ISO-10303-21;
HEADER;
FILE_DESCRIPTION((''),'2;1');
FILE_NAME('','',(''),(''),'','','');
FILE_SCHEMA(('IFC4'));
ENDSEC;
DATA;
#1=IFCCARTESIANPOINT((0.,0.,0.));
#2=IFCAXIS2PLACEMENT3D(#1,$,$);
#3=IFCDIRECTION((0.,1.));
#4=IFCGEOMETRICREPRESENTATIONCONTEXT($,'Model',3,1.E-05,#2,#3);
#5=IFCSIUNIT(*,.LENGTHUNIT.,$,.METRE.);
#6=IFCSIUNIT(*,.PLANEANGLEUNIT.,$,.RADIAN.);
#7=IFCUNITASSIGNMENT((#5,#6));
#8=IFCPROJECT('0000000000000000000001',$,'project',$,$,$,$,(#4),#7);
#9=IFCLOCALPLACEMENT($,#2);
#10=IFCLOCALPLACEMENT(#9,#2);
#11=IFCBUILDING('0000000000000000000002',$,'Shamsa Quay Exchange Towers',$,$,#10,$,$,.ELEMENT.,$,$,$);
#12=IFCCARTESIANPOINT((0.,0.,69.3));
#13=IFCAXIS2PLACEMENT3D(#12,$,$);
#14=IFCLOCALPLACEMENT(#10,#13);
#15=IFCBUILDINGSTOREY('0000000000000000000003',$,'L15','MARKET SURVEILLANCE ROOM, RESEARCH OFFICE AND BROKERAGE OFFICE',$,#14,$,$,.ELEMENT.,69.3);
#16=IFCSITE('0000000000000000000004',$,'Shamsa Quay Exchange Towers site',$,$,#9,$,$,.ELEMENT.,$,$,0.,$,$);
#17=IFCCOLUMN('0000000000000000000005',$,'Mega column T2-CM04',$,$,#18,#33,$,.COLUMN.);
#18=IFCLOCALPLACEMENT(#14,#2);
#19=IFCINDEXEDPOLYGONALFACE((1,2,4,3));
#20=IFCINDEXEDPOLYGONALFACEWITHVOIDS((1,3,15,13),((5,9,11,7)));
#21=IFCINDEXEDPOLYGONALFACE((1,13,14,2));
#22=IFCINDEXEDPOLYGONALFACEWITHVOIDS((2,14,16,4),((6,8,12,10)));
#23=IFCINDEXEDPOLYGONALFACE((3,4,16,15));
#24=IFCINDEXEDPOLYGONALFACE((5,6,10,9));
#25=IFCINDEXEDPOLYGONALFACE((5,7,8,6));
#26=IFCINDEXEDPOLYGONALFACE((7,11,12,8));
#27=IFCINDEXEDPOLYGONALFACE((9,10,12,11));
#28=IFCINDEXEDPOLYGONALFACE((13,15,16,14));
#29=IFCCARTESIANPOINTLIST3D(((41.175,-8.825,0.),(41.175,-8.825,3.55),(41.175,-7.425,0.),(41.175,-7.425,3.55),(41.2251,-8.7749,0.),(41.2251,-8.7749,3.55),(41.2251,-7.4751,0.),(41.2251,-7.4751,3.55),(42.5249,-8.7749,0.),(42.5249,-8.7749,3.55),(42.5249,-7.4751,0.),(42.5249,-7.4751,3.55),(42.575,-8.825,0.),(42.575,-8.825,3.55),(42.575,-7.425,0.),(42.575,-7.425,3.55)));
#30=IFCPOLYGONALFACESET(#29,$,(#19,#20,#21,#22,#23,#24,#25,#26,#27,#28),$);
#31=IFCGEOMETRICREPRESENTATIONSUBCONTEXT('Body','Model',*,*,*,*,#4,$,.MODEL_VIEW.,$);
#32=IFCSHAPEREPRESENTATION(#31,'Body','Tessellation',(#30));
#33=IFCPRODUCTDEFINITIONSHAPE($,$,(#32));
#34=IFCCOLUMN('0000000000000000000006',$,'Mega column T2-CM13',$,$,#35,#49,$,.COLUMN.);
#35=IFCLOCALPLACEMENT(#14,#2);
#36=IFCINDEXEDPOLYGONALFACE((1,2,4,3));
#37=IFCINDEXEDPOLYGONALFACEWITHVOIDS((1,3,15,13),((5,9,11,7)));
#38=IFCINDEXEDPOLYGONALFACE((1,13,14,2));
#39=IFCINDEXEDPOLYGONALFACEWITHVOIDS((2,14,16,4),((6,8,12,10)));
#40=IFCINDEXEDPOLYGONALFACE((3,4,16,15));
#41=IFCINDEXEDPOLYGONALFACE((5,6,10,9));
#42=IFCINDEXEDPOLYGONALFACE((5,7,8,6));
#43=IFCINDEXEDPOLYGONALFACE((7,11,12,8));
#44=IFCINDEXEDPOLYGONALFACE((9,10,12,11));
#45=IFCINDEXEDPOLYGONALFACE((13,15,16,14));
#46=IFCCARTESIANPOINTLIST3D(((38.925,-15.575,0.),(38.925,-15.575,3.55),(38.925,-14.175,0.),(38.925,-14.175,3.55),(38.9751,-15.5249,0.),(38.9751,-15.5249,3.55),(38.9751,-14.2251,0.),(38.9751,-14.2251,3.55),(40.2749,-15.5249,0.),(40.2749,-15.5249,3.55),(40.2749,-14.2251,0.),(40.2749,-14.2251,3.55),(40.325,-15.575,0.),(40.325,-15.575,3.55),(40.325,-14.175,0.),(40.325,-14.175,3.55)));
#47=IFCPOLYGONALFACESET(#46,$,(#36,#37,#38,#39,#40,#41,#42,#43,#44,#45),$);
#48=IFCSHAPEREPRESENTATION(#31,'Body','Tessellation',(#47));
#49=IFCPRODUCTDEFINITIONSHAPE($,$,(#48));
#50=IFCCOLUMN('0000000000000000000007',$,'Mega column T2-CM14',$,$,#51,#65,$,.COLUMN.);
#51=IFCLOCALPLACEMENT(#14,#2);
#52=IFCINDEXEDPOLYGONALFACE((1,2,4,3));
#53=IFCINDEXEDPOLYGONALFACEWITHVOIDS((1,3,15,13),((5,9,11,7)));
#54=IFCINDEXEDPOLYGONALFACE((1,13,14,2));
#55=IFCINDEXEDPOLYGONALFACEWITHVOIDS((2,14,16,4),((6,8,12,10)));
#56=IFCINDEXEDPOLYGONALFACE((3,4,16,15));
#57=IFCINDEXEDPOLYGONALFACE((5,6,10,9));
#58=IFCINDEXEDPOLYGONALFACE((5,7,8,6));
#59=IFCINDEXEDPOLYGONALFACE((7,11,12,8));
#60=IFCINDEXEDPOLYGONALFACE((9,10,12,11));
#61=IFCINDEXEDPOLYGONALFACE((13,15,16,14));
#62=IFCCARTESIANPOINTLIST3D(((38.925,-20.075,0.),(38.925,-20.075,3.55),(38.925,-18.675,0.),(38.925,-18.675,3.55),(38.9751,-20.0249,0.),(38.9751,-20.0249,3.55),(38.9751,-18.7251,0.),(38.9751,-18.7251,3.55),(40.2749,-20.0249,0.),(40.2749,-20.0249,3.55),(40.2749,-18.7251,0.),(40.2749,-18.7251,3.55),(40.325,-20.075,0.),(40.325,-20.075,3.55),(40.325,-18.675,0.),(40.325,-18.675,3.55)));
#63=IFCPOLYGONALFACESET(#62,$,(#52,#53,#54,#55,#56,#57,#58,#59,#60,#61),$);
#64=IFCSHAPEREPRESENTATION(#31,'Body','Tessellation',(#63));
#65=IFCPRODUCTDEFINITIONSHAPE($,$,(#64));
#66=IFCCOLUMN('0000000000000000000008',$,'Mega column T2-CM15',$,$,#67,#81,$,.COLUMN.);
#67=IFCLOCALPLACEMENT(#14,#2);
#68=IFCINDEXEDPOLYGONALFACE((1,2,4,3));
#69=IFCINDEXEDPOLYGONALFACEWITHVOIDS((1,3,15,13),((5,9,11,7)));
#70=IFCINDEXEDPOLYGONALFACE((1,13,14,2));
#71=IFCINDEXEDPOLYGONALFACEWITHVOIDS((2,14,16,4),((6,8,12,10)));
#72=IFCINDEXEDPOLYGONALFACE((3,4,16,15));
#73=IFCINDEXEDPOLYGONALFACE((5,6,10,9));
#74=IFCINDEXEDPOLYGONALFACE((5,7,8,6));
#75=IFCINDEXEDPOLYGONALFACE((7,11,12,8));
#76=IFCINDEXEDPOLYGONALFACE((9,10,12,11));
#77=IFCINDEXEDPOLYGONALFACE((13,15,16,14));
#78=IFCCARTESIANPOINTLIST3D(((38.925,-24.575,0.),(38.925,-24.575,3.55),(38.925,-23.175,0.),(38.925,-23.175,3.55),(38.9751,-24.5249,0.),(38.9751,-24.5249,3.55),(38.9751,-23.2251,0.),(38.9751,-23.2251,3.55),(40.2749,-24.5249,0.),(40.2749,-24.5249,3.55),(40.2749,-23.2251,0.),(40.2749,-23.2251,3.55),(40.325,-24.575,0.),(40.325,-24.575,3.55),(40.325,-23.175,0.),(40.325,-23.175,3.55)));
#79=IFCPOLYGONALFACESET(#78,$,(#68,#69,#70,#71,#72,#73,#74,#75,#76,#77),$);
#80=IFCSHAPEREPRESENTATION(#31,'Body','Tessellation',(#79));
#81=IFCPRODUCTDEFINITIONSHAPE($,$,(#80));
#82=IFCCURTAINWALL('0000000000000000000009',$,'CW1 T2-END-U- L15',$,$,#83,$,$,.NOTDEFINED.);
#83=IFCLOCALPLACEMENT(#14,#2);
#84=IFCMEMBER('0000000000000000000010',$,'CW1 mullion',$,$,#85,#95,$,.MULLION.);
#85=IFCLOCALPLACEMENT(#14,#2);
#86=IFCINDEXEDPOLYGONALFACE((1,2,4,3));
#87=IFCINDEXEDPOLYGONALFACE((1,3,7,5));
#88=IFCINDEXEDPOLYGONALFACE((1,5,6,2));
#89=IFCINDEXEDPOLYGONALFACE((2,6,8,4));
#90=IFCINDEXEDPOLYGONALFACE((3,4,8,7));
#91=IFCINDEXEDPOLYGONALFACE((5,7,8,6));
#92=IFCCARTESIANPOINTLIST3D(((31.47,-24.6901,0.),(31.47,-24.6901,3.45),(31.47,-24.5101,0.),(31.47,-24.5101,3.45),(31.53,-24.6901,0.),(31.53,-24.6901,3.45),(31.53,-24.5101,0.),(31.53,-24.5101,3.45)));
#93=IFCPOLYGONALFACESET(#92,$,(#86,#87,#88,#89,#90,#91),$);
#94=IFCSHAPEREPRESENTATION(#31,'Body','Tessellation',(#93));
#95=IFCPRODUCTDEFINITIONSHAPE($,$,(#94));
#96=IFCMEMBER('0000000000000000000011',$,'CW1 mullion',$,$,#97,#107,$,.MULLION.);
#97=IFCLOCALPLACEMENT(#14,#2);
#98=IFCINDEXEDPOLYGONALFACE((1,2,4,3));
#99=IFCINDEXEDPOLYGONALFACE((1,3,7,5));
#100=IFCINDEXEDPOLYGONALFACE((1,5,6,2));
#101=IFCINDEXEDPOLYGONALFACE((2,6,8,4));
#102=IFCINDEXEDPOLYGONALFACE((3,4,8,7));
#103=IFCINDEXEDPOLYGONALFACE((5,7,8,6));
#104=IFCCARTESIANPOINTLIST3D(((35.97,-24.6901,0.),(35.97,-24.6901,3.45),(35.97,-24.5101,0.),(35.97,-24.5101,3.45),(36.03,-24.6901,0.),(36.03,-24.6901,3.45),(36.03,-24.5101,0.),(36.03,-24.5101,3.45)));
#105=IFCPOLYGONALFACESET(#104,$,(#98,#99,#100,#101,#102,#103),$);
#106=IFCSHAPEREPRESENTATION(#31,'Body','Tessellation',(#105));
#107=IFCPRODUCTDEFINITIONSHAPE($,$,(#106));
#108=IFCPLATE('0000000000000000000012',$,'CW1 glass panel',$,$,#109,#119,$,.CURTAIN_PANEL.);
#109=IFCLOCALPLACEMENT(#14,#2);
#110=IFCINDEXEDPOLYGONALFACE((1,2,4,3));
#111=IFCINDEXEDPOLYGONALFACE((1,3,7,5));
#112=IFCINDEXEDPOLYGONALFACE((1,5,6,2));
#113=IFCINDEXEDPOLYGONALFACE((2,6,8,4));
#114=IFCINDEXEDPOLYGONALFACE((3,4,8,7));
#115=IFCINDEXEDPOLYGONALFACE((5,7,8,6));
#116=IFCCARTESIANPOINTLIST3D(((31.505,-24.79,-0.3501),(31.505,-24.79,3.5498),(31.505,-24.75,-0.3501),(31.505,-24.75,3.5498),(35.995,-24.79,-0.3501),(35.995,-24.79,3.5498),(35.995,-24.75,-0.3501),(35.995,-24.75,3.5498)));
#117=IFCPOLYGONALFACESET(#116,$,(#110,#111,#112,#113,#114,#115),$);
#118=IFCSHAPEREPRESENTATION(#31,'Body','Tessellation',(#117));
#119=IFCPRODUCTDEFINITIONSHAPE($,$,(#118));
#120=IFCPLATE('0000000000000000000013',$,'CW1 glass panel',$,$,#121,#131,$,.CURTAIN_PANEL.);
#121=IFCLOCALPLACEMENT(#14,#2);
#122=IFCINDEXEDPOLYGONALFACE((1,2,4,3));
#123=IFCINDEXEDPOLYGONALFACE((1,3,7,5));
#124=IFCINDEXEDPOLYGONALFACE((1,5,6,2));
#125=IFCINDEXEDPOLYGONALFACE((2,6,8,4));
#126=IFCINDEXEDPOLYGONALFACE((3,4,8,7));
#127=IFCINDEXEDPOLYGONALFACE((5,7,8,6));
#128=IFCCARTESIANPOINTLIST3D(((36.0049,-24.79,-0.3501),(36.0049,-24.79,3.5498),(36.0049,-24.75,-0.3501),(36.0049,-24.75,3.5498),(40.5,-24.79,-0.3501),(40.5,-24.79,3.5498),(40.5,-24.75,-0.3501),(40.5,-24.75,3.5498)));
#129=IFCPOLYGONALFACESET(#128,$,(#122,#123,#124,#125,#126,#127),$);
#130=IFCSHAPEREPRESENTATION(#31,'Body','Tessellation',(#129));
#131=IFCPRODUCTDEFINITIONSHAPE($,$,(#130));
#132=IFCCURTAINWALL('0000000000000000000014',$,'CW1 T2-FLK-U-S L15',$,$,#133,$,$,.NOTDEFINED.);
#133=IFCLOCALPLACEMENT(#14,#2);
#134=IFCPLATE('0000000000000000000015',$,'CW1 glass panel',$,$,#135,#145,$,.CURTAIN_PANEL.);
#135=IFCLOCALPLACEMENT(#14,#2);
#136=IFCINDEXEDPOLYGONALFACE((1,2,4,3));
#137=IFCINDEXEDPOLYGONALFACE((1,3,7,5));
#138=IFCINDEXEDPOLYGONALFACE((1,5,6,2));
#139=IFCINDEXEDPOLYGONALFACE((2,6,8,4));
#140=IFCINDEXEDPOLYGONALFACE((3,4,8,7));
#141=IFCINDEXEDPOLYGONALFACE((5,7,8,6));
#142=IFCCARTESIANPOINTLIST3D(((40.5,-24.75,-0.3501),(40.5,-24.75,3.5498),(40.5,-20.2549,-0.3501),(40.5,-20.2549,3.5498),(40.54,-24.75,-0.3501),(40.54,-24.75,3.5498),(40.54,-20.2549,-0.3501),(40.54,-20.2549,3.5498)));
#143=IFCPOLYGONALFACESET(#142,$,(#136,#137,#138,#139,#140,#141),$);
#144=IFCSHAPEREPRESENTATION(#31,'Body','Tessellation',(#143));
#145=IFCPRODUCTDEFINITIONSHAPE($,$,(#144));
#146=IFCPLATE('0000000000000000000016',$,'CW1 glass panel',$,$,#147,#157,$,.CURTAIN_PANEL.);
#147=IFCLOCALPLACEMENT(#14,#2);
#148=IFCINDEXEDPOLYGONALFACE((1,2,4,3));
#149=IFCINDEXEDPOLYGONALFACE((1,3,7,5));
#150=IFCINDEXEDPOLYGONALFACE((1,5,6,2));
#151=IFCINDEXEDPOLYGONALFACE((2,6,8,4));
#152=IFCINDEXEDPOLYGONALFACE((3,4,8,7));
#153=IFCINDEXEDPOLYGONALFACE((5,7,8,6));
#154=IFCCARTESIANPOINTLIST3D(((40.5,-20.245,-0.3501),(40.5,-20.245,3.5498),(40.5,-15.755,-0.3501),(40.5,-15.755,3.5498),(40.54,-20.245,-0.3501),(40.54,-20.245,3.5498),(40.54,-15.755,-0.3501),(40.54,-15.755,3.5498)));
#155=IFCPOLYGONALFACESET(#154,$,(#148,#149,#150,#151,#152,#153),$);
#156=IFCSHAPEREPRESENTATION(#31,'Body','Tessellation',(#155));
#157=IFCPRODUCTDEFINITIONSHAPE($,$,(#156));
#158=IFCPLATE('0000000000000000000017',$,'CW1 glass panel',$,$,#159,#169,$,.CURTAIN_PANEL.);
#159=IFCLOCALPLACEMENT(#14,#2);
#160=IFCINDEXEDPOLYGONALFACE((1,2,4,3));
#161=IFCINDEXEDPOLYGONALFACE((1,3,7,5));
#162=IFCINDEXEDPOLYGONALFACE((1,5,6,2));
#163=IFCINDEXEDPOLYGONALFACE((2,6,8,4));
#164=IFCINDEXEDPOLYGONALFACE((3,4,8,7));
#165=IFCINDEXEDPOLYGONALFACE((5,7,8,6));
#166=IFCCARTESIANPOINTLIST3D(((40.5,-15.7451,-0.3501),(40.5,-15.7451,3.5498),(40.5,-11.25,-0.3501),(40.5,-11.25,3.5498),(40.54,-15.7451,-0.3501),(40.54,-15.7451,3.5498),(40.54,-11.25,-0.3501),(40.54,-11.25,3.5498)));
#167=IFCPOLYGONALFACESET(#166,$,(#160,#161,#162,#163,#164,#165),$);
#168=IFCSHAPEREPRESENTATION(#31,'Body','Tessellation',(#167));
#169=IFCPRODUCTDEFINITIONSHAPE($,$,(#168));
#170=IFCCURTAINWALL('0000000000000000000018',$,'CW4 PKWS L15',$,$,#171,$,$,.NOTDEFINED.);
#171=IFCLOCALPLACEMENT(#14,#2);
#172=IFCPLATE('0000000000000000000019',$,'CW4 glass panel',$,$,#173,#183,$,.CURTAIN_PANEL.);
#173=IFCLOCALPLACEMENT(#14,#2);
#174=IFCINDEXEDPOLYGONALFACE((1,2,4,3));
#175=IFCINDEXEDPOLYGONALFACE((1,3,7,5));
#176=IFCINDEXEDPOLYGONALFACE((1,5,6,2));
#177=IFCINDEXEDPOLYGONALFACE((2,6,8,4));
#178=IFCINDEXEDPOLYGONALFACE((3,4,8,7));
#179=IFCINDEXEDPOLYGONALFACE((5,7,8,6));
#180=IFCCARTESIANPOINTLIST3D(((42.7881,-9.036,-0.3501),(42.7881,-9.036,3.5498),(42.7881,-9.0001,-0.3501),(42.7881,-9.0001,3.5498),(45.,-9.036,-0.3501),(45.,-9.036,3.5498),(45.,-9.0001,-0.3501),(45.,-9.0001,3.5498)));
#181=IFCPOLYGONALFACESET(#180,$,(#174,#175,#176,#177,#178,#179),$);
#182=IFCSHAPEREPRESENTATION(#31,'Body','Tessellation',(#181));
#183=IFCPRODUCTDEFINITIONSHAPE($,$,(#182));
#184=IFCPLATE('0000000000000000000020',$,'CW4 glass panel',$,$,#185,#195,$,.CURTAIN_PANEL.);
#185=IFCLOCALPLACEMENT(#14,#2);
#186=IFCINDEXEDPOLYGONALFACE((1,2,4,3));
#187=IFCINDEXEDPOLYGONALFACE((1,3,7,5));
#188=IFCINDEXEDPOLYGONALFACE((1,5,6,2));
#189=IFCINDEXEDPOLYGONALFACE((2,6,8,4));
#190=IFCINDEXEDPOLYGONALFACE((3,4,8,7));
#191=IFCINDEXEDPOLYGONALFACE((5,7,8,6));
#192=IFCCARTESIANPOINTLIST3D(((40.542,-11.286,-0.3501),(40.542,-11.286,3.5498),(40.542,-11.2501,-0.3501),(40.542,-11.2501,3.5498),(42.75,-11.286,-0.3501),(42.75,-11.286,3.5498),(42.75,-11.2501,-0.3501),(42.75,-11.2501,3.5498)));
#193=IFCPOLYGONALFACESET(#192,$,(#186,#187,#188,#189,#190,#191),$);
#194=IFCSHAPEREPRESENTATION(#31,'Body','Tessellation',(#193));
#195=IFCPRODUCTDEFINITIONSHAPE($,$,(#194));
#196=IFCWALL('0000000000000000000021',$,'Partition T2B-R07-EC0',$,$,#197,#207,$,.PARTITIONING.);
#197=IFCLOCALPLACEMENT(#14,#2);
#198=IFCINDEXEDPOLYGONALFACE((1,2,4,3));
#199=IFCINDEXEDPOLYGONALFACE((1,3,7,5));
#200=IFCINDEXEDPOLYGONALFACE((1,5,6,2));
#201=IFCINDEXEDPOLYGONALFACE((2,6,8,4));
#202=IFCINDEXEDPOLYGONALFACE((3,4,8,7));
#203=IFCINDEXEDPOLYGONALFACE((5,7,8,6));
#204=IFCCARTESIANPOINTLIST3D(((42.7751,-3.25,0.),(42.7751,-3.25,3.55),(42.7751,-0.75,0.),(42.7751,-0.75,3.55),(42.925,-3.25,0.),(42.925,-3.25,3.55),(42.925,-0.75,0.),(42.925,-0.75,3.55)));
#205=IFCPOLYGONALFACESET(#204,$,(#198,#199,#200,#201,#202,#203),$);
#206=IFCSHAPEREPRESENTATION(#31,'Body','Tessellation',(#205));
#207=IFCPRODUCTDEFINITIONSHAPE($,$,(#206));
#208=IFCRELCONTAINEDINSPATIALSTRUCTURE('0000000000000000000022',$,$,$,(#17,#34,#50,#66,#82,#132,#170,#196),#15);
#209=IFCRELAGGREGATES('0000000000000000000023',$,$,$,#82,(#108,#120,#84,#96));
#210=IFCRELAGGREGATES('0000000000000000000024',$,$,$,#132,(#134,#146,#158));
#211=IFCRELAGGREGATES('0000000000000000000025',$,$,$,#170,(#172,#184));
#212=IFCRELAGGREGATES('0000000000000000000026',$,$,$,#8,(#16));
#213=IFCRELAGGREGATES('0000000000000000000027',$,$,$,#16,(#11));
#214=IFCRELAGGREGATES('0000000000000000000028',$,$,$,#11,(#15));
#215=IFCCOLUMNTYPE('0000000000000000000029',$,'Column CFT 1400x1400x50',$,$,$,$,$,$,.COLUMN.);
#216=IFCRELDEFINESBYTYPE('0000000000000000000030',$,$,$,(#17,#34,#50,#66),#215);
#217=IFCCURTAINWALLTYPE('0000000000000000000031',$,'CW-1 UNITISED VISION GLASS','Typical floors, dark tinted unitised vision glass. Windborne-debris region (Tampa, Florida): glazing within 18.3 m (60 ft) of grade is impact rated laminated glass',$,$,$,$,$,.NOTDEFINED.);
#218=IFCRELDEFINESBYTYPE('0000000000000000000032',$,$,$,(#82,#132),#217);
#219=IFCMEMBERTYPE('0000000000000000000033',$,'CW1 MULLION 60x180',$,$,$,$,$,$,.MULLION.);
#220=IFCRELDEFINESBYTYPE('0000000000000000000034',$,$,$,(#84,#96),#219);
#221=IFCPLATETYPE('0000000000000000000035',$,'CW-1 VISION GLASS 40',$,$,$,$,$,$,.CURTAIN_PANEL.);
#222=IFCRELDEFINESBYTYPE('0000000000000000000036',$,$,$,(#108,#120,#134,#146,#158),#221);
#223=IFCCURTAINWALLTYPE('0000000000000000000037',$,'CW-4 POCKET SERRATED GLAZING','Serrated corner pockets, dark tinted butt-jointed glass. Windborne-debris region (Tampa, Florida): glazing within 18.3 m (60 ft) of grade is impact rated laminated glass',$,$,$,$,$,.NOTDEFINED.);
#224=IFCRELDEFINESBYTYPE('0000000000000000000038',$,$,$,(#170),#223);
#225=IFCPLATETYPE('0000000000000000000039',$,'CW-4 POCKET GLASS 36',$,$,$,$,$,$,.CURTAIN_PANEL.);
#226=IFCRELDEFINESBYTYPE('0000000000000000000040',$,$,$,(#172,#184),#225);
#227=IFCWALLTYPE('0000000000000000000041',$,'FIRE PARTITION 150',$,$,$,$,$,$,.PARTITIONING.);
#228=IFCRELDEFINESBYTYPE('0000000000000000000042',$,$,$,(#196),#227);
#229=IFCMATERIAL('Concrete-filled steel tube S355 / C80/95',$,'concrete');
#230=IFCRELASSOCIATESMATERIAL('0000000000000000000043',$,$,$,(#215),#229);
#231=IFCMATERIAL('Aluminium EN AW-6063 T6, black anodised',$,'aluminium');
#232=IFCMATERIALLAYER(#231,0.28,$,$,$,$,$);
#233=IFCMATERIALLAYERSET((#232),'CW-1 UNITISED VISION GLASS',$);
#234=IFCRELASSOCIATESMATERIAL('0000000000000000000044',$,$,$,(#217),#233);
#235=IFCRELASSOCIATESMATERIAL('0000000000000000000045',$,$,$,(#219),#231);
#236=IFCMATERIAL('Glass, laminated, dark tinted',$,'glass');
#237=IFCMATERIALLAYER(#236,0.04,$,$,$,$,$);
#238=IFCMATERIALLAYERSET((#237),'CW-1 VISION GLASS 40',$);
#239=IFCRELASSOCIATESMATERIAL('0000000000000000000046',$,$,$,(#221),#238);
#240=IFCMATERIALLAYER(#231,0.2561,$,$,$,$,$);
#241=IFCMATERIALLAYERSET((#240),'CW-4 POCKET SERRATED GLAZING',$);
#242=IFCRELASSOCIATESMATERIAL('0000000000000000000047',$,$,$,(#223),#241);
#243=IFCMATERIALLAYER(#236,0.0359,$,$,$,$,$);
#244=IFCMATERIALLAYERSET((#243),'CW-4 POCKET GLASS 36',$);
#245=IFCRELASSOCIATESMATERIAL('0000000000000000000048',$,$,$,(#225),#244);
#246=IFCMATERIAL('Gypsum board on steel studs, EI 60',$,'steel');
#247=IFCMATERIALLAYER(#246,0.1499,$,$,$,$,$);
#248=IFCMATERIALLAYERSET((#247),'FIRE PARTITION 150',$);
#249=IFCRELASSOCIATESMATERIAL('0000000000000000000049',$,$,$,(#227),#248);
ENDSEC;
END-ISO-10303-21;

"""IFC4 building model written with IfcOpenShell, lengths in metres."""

from ifc_helpers import new_model, si_unit, direction, frame, frame_2d, origin, origin_2d, place, context, subcontext, project, spatial, rectangle, hollow_rectangle, extrude, material, layer, layer_set, material_profile, profile_set, type_object, element, aggregate, save


model = new_model("IFC4")

# Units and contexts
model_context = context("Model", 3, precision=1e-05, world=origin(), true_north=direction((0.0, 1.0)))
body_context = subcontext(model_context, "Body", "Model", "MODEL_VIEW")
ifc_project = project(units=[si_unit("LENGTHUNIT", "METRE"), si_unit("PLANEANGLEUNIT", "RADIAN")], contexts=[model_context])

# Site, building, storey
site_placement = place(None, origin())
site = spatial("IfcSite", under=ifc_project, at=site_placement, Name="Shamsa Quay Exchange Towers site", CompositionType="ELEMENT", RefElevation=0.0)
building_placement = place(site_placement, origin())
building = spatial("IfcBuilding", under=site, at=building_placement, Name="Shamsa Quay Exchange Towers", CompositionType="ELEMENT")
storey_placement = place(building_placement, frame((0.0, 0.0, 69.3)))
storey = spatial("IfcBuildingStorey", under=building, at=storey_placement, Name="L15", Description="MARKET SURVEILLANCE ROOM, RESEARCH OFFICE AND BROKERAGE OFFICE", CompositionType="ELEMENT", Elevation=69.3)

# Columns
ifc_material_1 = material(Name="Concrete-filled steel tube S355 / C80/95", Category="concrete")
ifc_material_profile_1 = material_profile(ifc_material_1, hollow_rectangle(XDim=1.3999, YDim=1.3999, WallThickness=0.05, at=origin_2d()), Name="CFT 1400x1400x50")
ifc_profile_set_1 = profile_set([ifc_material_profile_1], Name="Concrete-filled steel tube S355 / C80/95")
column_type = type_object("IfcColumnType", Name="Column CFT 1400x1400x50", PredefinedType="COLUMN", material=ifc_profile_set_1)
for number, where, name in (
    (1, (41.875, -8.125, 0.0), "Mega column T2-CM04"),
    (2, (39.625, -14.875, 0.0), "Mega column T2-CM13"),
    (3, (39.625, -19.375, 0.0), "Mega column T2-CM14"),
    (4, (39.625, -23.875, 0.0), "Mega column T2-CM15"),
):
    element("IfcColumn", number, at=place(storey_placement, frame(where)), inside=storey, type_object=column_type, Name=name, PredefinedType="COLUMN", context=body_context, shape_type="SweptSolid", body=[
        extrude(hollow_rectangle(XDim=1.3999, YDim=1.3999, WallThickness=0.05, at=origin_2d()), origin(), (0.0, 0.0, 1.0), 3.55),
    ])

# Curtain wall, members, plates
ifc_material_2 = material(Name="Aluminium EN AW-6063 T6, black anodised", Category="aluminium")
ifc_layer_1 = layer(ifc_material_2, 0.28)
ifc_layer_set_1 = layer_set([ifc_layer_1], Name="CW-1 UNITISED VISION GLASS")
curtain_wall_type_1 = type_object("IfcCurtainWallType", Name="CW-1 UNITISED VISION GLASS", Description="Typical floors, dark tinted unitised vision glass. Windborne-debris region (Tampa, Florida): glazing within 18.3 m (60 ft) of grade is impact rated laminated glass", PredefinedType="NOTDEFINED", material=ifc_layer_set_1)
curtain_wall_1_placement = place(storey_placement, origin())
curtain_wall_1 = element("IfcCurtainWall", 5, at=curtain_wall_1_placement, inside=storey, type_object=curtain_wall_type_1, Name="CW1 T2-END-U- L15", PredefinedType="NOTDEFINED")
ifc_material_profile_2 = material_profile(ifc_material_2, rectangle(XDim=0.1799, YDim=0.0601, at=origin_2d()), Name="MU60x180")
ifc_profile_set_2 = profile_set([ifc_material_profile_2], Name="Aluminium EN AW-6063 T6, black anodised")
member_type = type_object("IfcMemberType", Name="CW1 MULLION 60x180", PredefinedType="MULLION", material=ifc_profile_set_2)
member_1_placement = place(storey_placement, frame((31.5, -24.6001, 0.0), z_axis=(0.0, 0.0, 1.0), x_axis=(0.0, 1.0, 0.0)))
member_1 = element("IfcMember", 6, at=member_1_placement, type_object=member_type, Name="CW1 mullion", PredefinedType="MULLION", context=body_context, shape_type="SweptSolid", body=[
    extrude(rectangle(XDim=0.1799, YDim=0.0601, at=origin_2d()), origin(), (0.0, 0.0, 1.0), 3.45),
])
member_2_placement = place(storey_placement, frame((36.0, -24.6001, 0.0), z_axis=(0.0, 0.0, 1.0), x_axis=(0.0, 1.0, 0.0)))
member_2 = element("IfcMember", 7, at=member_2_placement, type_object=member_type, Name="CW1 mullion", PredefinedType="MULLION", context=body_context, shape_type="SweptSolid", body=[
    extrude(rectangle(XDim=0.1799, YDim=0.0601, at=origin_2d()), origin(), (0.0, 0.0, 1.0), 3.45),
])
ifc_material_3 = material(Name="Glass, laminated, dark tinted", Category="glass")
ifc_layer_2 = layer(ifc_material_3, 0.04)
ifc_layer_set_2 = layer_set([ifc_layer_2], Name="CW-1 VISION GLASS 40")
plate_type_1 = type_object("IfcPlateType", Name="CW-1 VISION GLASS 40", PredefinedType="CURTAIN_PANEL", material=ifc_layer_set_2)
plate_1_placement = place(storey_placement, frame((33.75, -24.77, -0.3501)))
plate_1 = element("IfcPlate", 8, at=plate_1_placement, type_object=plate_type_1, Name="CW1 glass panel", PredefinedType="CURTAIN_PANEL", context=body_context, shape_type="SweptSolid", body=[
    extrude(rectangle(XDim=4.49, YDim=0.04, at=origin_2d()), origin(), (0.0, 0.0, 1.0), 3.8999),
])
plate_2_placement = place(storey_placement, frame((38.2524, -24.77, -0.3501)))
plate_2 = element("IfcPlate", 9, at=plate_2_placement, type_object=plate_type_1, Name="CW1 glass panel", PredefinedType="CURTAIN_PANEL", context=body_context, shape_type="SweptSolid", body=[
    extrude(rectangle(XDim=4.4951, YDim=0.04, at=origin_2d()), origin(), (0.0, 0.0, 1.0), 3.8999),
])
aggregate(curtain_wall_1, [plate_1, plate_2, member_1, member_2])

# Curtain walls, plates
curtain_wall_2_placement = place(storey_placement, origin())
curtain_wall_2 = element("IfcCurtainWall", 10, at=curtain_wall_2_placement, inside=storey, type_object=curtain_wall_type_1, Name="CW1 T2-FLK-U-S L15", PredefinedType="NOTDEFINED")
plate_3_placement = place(storey_placement, frame((40.52, -22.5024, -0.3501), z_axis=(0.0, 0.0, 1.0), x_axis=(0.0, 1.0, 0.0)))
plate_3 = element("IfcPlate", 11, at=plate_3_placement, type_object=plate_type_1, Name="CW1 glass panel", PredefinedType="CURTAIN_PANEL", context=body_context, shape_type="SweptSolid", body=[
    extrude(rectangle(XDim=4.4951, YDim=0.04, at=origin_2d()), origin(), (0.0, 0.0, 1.0), 3.8999),
])
plate_4_placement = place(storey_placement, frame((40.52, -18.0, -0.3501), z_axis=(0.0, 0.0, 1.0), x_axis=(0.0, 1.0, 0.0)))
plate_4 = element("IfcPlate", 12, at=plate_4_placement, type_object=plate_type_1, Name="CW1 glass panel", PredefinedType="CURTAIN_PANEL", context=body_context, shape_type="SweptSolid", body=[
    extrude(rectangle(XDim=4.49, YDim=0.04, at=origin_2d()), origin(), (0.0, 0.0, 1.0), 3.8999),
])
plate_5_placement = place(storey_placement, frame((40.52, -13.4976, -0.3501), z_axis=(0.0, 0.0, 1.0), x_axis=(0.0, 1.0, 0.0)))
plate_5 = element("IfcPlate", 13, at=plate_5_placement, type_object=plate_type_1, Name="CW1 glass panel", PredefinedType="CURTAIN_PANEL", context=body_context, shape_type="SweptSolid", body=[
    extrude(rectangle(XDim=4.4951, YDim=0.04, at=origin_2d()), origin(), (0.0, 0.0, 1.0), 3.8999),
])
aggregate(curtain_wall_2, [plate_3, plate_4, plate_5])
ifc_layer_3 = layer(ifc_material_2, 0.2561)
ifc_layer_set_3 = layer_set([ifc_layer_3], Name="CW-4 POCKET SERRATED GLAZING")
curtain_wall_type_2 = type_object("IfcCurtainWallType", Name="CW-4 POCKET SERRATED GLAZING", Description="Serrated corner pockets, dark tinted butt-jointed glass. Windborne-debris region (Tampa, Florida): glazing within 18.3 m (60 ft) of grade is impact rated laminated glass", PredefinedType="NOTDEFINED", material=ifc_layer_set_3)
curtain_wall_3_placement = place(storey_placement, origin())
curtain_wall_3 = element("IfcCurtainWall", 14, at=curtain_wall_3_placement, inside=storey, type_object=curtain_wall_type_2, Name="CW4 PKWS L15", PredefinedType="NOTDEFINED")
ifc_layer_4 = layer(ifc_material_3, 0.0359)
ifc_layer_set_4 = layer_set([ifc_layer_4], Name="CW-4 POCKET GLASS 36")
plate_type_2 = type_object("IfcPlateType", Name="CW-4 POCKET GLASS 36", PredefinedType="CURTAIN_PANEL", material=ifc_layer_set_4)
plate_6_placement = place(storey_placement, frame((43.894, -9.0181, -0.3501)))
plate_6 = element("IfcPlate", 15, at=plate_6_placement, type_object=plate_type_2, Name="CW4 glass panel", PredefinedType="CURTAIN_PANEL", context=body_context, shape_type="SweptSolid", body=[
    extrude(rectangle(XDim=2.2119, YDim=0.0359, at=origin_2d()), origin(), (0.0, 0.0, 1.0), 3.8999),
])
plate_7_placement = place(storey_placement, frame((41.646, -11.2681, -0.3501)))
plate_7 = element("IfcPlate", 16, at=plate_7_placement, type_object=plate_type_2, Name="CW4 glass panel", PredefinedType="CURTAIN_PANEL", context=body_context, shape_type="SweptSolid", body=[
    extrude(rectangle(XDim=2.208, YDim=0.0359, at=origin_2d()), origin(), (0.0, 0.0, 1.0), 3.8999),
])
aggregate(curtain_wall_3, [plate_6, plate_7])

# Wall
ifc_material_4 = material(Name="Gypsum board on steel studs, EI 60", Category="steel")
ifc_layer_5 = layer(ifc_material_4, 0.1499)
ifc_layer_set_5 = layer_set([ifc_layer_5], Name="FIRE PARTITION 150")
wall_type_1 = type_object("IfcWallType", Name="FIRE PARTITION 150", PredefinedType="PARTITIONING", material=ifc_layer_set_5)
wall_1_placement = place(storey_placement, frame((42.8501, -3.25, 0.0), z_axis=(0.0, 0.0, 1.0), x_axis=(0.0, 1.0, 0.0)))
element("IfcWall", 17, at=wall_1_placement, inside=storey, type_object=wall_type_1, Name="Partition T2B-R07-EC0", PredefinedType="PARTITIONING", context=body_context, shape_type="SweptSolid", body=[
    extrude(rectangle(XDim=2.5, YDim=0.1499, at=frame_2d((1.25, 0.0))), origin(), (0.0, 0.0, 1.0), 3.55),
])

save(model, "model.ifc")
